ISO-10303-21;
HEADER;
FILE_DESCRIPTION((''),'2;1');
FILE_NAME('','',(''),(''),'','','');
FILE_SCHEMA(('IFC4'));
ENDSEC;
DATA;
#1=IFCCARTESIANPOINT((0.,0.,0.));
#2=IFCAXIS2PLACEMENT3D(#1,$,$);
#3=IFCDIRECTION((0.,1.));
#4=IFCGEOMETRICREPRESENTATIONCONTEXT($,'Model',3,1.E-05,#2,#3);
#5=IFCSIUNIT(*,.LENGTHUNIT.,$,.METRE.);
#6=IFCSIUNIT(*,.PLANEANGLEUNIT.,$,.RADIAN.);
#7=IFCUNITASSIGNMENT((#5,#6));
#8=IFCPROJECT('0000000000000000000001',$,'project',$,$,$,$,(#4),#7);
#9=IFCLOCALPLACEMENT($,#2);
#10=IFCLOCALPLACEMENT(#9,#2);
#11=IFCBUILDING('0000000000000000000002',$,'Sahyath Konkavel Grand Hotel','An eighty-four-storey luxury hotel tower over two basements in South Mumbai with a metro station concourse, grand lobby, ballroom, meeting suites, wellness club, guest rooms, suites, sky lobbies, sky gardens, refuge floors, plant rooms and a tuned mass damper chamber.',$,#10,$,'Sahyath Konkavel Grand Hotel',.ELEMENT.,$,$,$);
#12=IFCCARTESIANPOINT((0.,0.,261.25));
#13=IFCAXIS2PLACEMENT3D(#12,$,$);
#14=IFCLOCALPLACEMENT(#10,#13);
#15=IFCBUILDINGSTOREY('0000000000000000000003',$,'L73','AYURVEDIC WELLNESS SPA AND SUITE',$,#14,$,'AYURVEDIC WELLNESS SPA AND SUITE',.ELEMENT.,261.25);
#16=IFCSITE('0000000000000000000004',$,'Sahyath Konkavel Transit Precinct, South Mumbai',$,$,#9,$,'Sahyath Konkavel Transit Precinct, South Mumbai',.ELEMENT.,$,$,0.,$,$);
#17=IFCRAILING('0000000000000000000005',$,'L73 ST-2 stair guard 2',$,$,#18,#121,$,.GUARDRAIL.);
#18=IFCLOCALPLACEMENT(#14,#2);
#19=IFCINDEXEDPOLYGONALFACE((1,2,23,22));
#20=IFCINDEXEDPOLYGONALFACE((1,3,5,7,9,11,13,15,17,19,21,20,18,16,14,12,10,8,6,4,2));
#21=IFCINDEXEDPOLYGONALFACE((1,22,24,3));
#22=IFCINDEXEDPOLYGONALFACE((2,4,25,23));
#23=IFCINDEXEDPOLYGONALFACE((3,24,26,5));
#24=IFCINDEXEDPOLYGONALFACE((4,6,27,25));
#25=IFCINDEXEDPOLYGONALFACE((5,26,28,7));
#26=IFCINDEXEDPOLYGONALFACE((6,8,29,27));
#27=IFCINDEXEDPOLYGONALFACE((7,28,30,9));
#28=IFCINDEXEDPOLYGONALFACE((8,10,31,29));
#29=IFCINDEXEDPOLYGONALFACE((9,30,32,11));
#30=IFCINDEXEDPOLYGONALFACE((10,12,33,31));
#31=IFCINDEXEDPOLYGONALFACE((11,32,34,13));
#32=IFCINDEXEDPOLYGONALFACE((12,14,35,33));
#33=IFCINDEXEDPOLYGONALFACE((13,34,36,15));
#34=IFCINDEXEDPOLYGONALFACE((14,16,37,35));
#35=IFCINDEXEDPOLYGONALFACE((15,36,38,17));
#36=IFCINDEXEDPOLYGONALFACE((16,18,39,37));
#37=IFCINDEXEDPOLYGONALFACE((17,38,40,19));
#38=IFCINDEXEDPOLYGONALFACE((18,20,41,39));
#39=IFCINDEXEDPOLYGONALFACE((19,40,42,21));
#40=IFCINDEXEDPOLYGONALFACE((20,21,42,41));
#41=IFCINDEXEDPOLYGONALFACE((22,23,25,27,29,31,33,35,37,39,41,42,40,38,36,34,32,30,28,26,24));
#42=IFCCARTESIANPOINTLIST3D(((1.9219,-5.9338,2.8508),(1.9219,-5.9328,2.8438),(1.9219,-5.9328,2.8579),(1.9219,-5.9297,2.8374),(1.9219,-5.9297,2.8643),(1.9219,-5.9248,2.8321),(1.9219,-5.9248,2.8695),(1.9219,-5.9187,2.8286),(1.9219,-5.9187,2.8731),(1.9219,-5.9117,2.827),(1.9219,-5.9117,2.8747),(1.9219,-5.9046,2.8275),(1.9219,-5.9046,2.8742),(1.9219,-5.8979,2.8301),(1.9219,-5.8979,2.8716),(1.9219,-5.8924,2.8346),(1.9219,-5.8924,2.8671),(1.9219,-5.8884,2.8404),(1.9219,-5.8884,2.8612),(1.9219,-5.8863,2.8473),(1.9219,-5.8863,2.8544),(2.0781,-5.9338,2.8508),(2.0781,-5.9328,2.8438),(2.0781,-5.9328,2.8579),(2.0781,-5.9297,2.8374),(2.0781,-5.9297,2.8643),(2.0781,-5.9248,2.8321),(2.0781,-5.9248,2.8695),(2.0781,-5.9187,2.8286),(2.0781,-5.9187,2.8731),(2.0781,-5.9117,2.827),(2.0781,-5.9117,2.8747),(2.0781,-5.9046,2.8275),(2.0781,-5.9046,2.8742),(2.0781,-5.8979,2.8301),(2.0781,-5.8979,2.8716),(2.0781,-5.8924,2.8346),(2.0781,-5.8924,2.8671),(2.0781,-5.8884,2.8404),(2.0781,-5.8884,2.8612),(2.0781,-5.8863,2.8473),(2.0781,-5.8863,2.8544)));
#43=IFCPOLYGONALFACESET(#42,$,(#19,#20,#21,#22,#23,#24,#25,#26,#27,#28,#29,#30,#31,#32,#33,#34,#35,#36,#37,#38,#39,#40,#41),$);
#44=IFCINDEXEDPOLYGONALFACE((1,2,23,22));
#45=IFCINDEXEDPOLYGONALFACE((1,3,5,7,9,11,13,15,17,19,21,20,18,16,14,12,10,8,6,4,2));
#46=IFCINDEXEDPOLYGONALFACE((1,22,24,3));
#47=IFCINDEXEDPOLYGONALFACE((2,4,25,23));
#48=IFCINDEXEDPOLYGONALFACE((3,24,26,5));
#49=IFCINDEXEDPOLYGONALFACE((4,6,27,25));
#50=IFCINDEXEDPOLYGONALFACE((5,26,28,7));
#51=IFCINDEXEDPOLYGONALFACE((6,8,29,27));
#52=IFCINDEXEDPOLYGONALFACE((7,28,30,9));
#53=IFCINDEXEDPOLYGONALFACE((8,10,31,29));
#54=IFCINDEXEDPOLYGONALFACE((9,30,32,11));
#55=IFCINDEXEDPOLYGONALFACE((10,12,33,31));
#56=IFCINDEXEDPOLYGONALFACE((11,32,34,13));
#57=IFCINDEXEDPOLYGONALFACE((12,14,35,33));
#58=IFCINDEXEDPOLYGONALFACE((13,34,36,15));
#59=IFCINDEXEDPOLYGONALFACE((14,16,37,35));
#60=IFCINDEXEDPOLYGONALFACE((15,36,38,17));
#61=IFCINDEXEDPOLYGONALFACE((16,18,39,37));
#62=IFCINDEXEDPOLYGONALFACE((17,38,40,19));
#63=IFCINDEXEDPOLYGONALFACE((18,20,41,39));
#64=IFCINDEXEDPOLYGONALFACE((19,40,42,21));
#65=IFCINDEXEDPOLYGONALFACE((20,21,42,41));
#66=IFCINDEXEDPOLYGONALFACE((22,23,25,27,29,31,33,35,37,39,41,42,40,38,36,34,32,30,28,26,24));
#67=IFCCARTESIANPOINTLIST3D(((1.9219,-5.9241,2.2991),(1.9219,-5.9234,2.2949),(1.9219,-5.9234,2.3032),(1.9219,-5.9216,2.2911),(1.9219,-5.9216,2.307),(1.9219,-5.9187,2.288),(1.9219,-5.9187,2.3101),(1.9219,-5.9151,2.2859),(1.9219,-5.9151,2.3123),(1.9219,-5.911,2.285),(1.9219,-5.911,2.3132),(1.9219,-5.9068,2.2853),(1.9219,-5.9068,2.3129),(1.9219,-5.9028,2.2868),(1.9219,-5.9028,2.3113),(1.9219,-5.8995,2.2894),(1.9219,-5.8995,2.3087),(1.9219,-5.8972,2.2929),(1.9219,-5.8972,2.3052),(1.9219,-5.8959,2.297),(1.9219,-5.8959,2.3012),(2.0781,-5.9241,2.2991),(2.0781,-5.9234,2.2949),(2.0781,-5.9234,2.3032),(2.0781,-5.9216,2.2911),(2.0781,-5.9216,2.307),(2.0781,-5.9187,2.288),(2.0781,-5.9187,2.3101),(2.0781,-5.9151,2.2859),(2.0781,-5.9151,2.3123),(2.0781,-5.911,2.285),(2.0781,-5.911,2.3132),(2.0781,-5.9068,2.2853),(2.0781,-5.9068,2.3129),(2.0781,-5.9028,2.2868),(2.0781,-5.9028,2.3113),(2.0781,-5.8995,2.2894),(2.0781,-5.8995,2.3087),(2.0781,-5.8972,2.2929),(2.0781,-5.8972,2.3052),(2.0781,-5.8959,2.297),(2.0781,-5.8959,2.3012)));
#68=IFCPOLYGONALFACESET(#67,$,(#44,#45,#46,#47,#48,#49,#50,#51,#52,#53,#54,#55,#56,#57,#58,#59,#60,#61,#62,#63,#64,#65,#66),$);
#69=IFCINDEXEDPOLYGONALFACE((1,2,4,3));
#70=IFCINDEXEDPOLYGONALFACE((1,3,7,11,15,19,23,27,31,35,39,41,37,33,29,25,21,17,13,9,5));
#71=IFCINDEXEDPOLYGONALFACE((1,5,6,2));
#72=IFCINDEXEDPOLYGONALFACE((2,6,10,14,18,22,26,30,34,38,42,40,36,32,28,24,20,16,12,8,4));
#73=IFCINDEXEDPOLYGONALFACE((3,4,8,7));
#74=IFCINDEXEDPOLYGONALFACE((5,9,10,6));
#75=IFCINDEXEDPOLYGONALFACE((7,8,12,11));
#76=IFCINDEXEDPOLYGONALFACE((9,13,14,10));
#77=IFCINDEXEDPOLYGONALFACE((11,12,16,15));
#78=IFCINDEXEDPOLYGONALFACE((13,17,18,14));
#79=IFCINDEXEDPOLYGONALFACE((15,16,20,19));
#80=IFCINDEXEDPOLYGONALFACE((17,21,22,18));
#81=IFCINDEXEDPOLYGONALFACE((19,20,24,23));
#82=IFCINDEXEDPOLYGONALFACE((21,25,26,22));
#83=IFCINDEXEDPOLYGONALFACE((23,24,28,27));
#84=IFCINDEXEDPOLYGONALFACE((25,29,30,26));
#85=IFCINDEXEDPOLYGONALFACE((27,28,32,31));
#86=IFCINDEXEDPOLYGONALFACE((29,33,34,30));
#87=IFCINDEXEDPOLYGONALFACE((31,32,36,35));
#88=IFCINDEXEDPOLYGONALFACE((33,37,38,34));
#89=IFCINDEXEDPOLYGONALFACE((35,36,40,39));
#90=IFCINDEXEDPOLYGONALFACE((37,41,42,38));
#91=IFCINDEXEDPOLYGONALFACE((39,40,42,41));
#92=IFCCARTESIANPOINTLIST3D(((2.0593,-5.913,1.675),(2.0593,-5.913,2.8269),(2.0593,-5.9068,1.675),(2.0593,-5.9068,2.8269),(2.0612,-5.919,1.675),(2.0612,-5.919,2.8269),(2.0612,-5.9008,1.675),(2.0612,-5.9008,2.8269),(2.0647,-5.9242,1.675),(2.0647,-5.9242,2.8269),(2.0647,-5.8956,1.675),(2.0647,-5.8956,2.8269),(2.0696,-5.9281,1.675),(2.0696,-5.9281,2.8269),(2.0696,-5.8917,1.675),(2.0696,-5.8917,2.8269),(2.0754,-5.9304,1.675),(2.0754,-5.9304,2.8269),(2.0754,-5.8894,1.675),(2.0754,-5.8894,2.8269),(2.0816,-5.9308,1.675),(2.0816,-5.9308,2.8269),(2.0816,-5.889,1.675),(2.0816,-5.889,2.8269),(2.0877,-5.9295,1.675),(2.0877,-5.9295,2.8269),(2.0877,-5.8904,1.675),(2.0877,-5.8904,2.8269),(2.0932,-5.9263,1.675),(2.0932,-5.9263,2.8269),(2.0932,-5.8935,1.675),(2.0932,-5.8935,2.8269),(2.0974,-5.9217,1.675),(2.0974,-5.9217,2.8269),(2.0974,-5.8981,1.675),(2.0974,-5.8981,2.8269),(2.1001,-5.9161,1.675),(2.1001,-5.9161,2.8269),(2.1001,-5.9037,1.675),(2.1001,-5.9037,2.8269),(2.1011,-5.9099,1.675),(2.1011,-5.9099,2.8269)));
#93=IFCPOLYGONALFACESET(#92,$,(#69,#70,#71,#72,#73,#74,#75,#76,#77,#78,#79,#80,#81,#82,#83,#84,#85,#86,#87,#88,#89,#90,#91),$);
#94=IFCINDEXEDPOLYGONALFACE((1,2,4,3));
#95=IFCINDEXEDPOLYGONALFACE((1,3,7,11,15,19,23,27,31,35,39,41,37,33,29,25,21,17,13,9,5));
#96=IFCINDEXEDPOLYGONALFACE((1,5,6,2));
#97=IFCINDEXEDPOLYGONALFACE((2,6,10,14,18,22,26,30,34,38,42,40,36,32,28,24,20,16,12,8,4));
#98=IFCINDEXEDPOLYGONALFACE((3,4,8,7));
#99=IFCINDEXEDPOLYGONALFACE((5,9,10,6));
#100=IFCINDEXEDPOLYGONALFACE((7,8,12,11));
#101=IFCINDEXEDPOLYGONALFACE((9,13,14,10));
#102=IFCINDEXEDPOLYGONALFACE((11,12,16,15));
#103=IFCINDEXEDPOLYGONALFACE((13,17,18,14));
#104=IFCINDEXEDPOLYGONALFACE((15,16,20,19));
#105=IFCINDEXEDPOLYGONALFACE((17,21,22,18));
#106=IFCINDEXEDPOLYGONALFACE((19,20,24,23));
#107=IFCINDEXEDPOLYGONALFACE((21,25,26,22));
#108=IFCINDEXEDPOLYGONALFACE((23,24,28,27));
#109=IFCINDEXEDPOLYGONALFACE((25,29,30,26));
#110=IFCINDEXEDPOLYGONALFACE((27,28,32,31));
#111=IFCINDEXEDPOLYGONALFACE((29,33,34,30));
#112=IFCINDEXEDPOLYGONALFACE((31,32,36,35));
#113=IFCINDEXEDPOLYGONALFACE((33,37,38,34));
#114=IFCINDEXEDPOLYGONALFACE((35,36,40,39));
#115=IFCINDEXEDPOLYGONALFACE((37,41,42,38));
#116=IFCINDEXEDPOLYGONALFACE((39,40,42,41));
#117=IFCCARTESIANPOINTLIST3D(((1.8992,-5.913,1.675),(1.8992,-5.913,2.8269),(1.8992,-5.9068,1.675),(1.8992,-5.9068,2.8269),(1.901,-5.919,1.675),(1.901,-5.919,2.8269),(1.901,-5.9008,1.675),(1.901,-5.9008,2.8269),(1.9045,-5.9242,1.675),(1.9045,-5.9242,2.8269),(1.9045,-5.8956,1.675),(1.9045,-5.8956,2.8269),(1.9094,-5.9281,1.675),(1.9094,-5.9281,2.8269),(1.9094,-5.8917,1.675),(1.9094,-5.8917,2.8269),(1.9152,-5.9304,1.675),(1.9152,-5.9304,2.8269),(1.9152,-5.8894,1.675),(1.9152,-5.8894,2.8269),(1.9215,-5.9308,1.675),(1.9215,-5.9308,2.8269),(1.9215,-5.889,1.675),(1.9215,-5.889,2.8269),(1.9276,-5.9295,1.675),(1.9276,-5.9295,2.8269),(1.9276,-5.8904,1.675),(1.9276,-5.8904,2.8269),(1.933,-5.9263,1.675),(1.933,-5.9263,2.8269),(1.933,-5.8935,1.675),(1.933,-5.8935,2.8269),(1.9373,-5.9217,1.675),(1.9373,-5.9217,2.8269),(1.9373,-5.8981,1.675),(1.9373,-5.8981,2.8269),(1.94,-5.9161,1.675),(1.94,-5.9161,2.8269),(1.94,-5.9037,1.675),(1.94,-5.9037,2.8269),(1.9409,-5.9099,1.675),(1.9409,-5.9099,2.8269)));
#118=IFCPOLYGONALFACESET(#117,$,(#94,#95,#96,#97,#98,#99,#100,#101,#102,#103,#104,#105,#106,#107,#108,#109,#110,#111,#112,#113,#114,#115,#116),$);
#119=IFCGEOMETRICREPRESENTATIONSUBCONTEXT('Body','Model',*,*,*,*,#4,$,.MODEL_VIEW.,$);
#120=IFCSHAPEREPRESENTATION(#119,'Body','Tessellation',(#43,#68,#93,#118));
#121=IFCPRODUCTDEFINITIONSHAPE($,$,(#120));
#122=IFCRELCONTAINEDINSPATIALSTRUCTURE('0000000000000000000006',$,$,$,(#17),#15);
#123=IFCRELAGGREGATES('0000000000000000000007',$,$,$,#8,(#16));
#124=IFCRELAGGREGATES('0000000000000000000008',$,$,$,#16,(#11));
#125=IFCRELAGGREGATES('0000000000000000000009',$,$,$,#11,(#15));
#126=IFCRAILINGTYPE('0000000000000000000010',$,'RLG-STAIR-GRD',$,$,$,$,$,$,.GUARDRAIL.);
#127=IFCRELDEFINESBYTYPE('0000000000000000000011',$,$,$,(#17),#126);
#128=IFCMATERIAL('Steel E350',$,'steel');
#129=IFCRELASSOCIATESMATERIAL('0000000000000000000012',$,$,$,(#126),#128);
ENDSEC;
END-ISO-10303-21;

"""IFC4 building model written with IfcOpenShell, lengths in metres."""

from ifc_helpers import new_model, si_unit, direction, frame, origin, origin_2d, place, context, subcontext, project, spatial, circle, extrude, material, type_object, element, save


model = new_model("IFC4")

# Units and contexts
model_context = context("Model", 3, precision=1e-05, world=origin(), true_north=direction((0.0, 1.0)))
body_context = subcontext(model_context, "Body", "Model", "MODEL_VIEW")
ifc_project = project(units=[si_unit("LENGTHUNIT", "METRE"), si_unit("PLANEANGLEUNIT", "RADIAN")], contexts=[model_context])

# Site, building, storey
site_placement = place(None, origin())
site = spatial("IfcSite", under=ifc_project, at=site_placement, Name="Sahyath Konkavel Transit Precinct, South Mumbai", LongName="Sahyath Konkavel Transit Precinct, South Mumbai", CompositionType="ELEMENT", RefElevation=0.0)
building_placement = place(site_placement, origin())
building = spatial("IfcBuilding", under=site, at=building_placement, Name="Sahyath Konkavel Grand Hotel", Description="An eighty-four-storey luxury hotel tower over two basements in South Mumbai with a metro station concourse, grand lobby, ballroom, meeting suites, wellness club, guest rooms, suites, sky lobbies, sky gardens, refuge floors, plant rooms and a tuned mass damper chamber.", LongName="Sahyath Konkavel Grand Hotel", CompositionType="ELEMENT")
storey_placement = place(building_placement, frame((0.0, 0.0, 261.25)))
storey = spatial("IfcBuildingStorey", under=building, at=storey_placement, Name="L73", Description="AYURVEDIC WELLNESS SPA AND SUITE", LongName="AYURVEDIC WELLNESS SPA AND SUITE", CompositionType="ELEMENT", Elevation=261.25)

# Shared definitions
ifc_material_1 = material(Name="Steel E350", Category="steel")

# Railing
railing_type_1 = type_object("IfcRailingType", Name="RLG-STAIR-GRD", PredefinedType="GUARDRAIL", material=ifc_material_1)
railing_1_placement = place(storey_placement, frame((2.0801, -5.9099, 1.675)))
element("IfcRailing", 1, at=railing_1_placement, inside=storey, type_object=railing_type_1, Name="L73 ST-2 stair guard 2", PredefinedType="GUARDRAIL", context=body_context, shape_type="SweptSolid", body=[
    extrude(circle(Radius=0.0239, at=origin_2d()), frame((-0.002, 0.0, 1.1758), z_axis=(-1.0, 0.0, 0.0), x_axis=(0.0, -1.0, 0.0)), (0.0, 0.0, 1.0), 0.1562),
    extrude(circle(Radius=0.0142, at=origin_2d()), frame((-0.002, 0.0, 0.624), z_axis=(-1.0, 0.0, 0.0), x_axis=(0.0, -1.0, 0.0)), (0.0, 0.0, 1.0), 0.1562),
    extrude(circle(Radius=0.021, at=origin_2d()), origin(), (0.0, 0.0, 1.0), 1.1519),
    extrude(circle(Radius=0.021, at=origin_2d()), frame((-0.1602, 0.0, 0.0)), (0.0, 0.0, 1.0), 1.1519),
])

save(model, "model.ifc")
